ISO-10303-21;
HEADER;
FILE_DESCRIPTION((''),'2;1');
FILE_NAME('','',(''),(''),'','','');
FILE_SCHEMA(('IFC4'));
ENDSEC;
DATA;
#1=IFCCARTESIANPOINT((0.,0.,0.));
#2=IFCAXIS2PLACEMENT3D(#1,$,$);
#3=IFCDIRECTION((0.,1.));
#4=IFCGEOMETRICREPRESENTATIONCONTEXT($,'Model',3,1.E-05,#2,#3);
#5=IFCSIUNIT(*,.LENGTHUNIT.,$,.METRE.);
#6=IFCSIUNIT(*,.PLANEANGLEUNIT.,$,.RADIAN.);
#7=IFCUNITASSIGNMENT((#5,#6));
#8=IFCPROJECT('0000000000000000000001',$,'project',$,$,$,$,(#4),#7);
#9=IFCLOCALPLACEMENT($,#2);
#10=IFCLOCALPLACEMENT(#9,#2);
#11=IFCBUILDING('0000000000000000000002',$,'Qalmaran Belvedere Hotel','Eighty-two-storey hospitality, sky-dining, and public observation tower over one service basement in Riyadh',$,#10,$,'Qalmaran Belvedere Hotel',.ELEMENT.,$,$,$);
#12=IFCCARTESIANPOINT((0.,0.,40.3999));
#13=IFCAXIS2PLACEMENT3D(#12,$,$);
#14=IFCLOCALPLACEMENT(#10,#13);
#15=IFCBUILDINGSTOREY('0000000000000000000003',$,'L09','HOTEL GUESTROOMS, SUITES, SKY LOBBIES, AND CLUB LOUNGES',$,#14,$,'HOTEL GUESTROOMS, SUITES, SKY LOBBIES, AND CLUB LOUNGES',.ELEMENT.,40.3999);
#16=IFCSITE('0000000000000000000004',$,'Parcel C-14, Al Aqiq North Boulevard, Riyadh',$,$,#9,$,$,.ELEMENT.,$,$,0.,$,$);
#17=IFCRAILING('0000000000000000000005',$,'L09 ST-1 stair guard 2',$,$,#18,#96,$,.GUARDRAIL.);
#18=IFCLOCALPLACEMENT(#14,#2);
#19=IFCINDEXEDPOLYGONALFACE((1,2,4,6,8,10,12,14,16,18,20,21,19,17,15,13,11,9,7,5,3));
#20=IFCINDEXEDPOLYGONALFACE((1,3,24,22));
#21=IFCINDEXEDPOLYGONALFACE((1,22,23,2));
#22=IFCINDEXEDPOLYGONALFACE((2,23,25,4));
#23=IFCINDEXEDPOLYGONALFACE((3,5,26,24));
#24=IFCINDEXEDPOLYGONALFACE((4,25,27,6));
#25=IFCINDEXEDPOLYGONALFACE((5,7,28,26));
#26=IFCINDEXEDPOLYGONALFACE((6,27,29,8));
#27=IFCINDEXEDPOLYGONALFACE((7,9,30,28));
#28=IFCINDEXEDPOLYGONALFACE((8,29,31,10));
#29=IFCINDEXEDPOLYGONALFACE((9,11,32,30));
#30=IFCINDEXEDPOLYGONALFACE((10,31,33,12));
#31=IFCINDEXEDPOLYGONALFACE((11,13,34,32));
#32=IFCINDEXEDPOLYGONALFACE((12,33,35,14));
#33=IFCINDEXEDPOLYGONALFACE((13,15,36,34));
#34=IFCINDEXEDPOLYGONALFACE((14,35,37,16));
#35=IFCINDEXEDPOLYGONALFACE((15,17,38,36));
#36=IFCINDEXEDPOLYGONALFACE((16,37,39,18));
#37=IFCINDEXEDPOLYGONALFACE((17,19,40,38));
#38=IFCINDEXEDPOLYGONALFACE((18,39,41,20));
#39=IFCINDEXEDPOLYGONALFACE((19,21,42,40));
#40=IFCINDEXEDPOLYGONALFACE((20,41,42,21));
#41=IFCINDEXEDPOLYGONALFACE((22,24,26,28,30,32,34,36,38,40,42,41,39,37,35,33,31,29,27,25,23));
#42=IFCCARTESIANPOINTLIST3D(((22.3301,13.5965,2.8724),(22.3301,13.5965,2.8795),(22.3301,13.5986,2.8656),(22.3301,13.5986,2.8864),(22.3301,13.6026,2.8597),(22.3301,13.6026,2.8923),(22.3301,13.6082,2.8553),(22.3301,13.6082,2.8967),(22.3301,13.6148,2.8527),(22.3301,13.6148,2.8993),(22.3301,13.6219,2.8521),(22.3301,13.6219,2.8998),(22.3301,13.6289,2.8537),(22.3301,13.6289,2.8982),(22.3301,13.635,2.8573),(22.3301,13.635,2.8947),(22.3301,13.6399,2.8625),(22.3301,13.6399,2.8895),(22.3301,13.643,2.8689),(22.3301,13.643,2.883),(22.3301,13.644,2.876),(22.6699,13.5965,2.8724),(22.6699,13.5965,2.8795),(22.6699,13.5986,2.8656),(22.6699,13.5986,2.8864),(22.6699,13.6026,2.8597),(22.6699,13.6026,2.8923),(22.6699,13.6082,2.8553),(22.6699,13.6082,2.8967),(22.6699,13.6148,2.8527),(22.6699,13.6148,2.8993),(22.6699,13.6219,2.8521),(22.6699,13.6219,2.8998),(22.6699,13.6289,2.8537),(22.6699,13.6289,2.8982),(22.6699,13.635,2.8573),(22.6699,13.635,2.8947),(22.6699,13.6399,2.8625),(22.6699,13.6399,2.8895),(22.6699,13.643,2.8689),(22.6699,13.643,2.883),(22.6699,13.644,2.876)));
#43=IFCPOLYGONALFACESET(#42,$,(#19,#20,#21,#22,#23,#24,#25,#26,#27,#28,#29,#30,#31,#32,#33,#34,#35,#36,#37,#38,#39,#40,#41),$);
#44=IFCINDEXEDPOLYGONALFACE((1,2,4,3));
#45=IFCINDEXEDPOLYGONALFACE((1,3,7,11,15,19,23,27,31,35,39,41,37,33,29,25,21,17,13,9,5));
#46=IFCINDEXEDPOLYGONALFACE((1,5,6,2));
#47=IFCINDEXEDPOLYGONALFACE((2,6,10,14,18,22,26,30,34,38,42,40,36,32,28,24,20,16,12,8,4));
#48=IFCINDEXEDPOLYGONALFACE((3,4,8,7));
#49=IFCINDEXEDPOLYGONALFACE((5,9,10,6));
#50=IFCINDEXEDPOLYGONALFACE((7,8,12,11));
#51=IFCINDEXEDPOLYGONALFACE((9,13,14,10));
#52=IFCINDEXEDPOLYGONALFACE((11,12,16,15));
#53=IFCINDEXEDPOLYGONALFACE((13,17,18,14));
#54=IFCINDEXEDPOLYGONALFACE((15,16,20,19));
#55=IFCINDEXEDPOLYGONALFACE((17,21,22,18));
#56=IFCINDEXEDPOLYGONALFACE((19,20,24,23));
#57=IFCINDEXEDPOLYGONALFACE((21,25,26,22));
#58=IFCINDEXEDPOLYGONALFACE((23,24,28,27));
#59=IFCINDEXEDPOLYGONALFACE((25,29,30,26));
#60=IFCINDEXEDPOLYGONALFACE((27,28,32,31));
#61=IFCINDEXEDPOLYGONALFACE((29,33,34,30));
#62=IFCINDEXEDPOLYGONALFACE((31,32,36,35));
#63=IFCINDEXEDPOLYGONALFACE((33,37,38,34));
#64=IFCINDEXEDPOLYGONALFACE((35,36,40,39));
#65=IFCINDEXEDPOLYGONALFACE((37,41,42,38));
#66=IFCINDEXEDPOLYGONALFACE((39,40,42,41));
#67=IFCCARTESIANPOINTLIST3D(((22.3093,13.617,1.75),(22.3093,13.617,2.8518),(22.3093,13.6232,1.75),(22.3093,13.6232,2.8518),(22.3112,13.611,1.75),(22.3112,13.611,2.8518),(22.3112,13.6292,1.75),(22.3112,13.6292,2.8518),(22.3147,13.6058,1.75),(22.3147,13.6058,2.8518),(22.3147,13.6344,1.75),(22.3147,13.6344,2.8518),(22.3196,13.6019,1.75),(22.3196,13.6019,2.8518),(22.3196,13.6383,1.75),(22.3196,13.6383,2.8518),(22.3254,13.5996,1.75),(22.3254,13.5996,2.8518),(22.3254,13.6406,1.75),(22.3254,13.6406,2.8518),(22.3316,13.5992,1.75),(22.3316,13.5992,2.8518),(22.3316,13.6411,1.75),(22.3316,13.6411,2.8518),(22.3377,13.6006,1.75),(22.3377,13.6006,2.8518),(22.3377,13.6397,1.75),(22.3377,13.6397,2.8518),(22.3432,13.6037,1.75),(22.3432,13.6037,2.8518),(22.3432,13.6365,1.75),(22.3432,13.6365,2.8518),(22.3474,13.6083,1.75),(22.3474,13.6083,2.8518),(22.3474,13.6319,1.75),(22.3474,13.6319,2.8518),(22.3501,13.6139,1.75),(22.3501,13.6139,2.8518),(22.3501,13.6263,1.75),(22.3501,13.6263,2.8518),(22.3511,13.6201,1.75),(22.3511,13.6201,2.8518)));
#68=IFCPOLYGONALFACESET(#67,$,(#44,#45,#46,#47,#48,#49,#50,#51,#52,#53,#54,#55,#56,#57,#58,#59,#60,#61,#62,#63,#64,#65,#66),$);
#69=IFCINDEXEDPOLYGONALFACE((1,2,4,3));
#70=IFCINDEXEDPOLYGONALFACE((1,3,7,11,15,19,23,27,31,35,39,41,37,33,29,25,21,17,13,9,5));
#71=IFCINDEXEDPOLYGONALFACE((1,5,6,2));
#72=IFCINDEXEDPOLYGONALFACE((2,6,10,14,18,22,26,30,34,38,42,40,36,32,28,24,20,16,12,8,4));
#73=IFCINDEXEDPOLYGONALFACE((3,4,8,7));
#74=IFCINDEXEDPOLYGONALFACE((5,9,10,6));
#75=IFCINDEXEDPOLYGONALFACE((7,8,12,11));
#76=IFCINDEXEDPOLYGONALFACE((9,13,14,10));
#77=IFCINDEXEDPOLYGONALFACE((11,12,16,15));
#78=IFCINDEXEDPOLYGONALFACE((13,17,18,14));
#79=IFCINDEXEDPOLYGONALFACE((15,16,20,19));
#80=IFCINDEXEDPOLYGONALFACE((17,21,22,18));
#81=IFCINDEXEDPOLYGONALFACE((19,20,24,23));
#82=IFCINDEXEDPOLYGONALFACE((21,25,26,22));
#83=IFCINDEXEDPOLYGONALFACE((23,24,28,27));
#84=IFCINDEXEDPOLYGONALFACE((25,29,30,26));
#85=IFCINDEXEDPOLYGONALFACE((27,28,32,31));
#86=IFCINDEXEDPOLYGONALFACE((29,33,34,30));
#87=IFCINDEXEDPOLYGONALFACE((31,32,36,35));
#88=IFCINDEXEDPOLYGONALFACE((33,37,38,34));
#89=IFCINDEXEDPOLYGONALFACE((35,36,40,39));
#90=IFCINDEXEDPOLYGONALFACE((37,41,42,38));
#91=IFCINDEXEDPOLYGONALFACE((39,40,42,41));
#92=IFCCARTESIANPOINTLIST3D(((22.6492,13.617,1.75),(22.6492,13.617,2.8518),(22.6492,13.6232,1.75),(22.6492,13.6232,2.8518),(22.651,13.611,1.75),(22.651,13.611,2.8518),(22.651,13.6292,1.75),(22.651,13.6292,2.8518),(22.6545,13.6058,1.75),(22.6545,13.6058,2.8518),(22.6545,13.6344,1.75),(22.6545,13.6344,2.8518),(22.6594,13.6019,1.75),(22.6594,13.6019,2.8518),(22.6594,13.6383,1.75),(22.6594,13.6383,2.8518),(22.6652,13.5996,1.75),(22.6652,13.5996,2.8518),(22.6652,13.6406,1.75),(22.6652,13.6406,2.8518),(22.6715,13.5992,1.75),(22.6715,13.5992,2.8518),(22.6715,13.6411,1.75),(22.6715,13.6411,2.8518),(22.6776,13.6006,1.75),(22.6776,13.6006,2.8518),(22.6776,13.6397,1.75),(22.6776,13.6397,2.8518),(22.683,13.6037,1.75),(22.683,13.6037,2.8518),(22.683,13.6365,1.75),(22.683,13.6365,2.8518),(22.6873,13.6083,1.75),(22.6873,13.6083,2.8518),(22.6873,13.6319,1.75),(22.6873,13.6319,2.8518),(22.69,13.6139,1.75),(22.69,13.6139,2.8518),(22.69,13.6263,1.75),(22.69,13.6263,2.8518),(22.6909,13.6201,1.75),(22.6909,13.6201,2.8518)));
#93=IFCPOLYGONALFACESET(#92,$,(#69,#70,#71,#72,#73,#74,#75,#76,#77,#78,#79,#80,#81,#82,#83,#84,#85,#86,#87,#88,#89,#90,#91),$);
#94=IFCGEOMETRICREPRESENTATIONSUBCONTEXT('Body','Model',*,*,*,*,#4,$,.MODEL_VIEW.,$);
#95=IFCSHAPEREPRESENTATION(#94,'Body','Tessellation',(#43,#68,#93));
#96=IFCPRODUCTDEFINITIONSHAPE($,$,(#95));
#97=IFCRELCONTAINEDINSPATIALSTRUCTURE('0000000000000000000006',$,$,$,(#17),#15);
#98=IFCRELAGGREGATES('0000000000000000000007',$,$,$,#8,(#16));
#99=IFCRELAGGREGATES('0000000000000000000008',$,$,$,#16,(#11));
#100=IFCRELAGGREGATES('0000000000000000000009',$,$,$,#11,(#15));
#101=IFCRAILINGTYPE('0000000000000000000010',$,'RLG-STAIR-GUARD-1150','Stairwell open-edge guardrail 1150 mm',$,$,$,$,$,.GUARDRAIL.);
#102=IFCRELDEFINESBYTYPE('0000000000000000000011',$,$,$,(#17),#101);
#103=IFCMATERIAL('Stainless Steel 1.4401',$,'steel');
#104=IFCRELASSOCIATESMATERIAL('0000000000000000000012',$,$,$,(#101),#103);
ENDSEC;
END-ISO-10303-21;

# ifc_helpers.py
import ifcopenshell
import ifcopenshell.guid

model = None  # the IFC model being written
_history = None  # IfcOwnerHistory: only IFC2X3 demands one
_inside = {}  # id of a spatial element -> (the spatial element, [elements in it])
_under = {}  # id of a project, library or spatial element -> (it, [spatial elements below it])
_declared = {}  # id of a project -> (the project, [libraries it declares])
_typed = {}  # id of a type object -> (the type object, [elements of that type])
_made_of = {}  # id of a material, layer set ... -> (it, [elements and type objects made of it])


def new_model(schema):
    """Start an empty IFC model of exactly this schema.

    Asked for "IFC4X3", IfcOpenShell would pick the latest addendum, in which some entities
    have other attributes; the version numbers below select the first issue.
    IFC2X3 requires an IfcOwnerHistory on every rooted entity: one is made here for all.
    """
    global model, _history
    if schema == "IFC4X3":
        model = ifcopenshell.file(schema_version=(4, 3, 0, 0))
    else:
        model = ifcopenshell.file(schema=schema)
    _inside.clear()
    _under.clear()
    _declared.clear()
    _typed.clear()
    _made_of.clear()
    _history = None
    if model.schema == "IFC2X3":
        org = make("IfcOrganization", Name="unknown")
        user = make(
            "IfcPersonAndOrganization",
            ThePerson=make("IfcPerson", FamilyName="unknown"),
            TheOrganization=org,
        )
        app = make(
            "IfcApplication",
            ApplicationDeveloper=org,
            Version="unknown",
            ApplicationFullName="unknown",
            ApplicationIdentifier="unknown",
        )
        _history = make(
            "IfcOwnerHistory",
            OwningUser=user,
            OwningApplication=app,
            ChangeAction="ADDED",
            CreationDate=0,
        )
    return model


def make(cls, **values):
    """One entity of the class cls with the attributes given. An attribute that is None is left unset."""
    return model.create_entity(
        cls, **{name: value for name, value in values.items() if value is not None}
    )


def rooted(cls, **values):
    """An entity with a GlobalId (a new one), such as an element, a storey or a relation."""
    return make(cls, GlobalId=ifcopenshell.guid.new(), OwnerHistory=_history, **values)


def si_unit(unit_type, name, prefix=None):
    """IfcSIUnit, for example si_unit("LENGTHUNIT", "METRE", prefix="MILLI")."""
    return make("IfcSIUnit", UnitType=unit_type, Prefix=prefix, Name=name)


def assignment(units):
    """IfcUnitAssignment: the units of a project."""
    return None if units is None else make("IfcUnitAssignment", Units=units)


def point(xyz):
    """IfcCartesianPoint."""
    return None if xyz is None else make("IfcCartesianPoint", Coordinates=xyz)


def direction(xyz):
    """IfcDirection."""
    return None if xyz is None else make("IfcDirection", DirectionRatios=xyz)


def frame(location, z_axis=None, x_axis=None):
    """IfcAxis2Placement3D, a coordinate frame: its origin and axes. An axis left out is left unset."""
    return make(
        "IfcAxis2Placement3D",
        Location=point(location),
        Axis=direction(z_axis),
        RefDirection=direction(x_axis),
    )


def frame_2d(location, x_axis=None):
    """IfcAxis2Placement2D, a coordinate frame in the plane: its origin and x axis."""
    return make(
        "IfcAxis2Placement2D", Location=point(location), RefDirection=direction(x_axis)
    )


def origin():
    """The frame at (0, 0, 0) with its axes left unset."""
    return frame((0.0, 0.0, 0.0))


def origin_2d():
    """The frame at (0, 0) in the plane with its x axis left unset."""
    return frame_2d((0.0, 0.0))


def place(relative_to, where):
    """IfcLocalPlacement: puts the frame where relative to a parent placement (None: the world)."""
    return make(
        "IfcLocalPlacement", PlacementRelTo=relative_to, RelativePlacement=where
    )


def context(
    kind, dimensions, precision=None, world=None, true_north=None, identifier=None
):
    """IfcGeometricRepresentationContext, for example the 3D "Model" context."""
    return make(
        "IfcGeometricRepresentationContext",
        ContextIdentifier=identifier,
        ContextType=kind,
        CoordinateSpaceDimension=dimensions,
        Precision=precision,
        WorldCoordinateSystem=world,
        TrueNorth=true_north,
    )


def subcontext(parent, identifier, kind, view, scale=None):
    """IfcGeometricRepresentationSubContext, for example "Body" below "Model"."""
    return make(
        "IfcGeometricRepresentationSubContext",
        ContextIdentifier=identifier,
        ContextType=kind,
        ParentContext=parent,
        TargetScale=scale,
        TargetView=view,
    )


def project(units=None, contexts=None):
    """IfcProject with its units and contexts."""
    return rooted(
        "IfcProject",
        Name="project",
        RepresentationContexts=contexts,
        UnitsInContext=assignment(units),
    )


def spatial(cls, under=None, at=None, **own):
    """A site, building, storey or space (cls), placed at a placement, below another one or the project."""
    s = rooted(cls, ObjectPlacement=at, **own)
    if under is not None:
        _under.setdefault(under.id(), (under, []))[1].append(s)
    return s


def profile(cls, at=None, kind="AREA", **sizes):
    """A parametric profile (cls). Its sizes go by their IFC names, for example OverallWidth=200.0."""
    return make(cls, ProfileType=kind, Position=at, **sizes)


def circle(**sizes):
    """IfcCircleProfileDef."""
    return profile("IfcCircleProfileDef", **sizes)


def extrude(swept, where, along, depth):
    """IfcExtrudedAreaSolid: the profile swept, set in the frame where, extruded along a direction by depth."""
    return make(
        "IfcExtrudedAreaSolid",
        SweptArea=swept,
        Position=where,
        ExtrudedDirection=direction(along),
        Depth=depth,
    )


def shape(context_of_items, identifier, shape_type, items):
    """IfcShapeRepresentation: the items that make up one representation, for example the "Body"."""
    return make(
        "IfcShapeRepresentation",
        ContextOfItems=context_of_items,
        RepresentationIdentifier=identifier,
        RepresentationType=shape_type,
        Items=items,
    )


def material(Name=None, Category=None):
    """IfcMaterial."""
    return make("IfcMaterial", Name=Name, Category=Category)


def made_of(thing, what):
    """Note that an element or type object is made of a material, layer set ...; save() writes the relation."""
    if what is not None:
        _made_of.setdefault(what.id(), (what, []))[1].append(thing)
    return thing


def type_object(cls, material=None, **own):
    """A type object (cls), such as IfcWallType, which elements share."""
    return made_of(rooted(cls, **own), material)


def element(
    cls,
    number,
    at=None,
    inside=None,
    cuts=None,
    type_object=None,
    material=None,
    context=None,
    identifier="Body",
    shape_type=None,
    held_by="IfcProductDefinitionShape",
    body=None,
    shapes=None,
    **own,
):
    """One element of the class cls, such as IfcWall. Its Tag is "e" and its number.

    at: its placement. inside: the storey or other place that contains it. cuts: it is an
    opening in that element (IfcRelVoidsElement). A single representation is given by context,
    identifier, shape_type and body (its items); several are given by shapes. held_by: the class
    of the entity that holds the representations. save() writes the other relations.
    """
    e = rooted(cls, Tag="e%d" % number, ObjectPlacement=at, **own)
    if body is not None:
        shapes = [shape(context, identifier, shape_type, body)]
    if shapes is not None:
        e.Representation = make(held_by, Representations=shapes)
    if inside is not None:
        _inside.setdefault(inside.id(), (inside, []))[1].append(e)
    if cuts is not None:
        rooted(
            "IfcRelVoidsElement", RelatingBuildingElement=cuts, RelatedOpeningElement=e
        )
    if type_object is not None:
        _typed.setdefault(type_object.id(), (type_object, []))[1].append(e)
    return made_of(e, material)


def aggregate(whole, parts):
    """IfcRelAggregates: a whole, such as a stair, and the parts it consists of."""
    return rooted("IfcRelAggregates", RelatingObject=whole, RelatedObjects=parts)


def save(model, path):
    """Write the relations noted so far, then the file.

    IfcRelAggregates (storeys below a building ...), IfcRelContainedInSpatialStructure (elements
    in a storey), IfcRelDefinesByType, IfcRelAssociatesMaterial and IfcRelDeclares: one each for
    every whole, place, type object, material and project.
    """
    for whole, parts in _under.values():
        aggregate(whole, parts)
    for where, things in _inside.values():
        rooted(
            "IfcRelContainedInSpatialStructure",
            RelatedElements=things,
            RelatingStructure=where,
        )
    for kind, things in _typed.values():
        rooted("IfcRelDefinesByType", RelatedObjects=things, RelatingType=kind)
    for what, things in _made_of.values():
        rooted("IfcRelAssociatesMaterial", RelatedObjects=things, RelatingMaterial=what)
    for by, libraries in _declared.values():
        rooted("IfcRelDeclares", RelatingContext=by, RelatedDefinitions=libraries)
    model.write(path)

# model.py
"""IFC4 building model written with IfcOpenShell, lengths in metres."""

from ifc_helpers import new_model, si_unit, direction, frame, origin, origin_2d, place, context, subcontext, project, spatial, circle, extrude, material, type_object, element, save


model = new_model("IFC4")

# Units and contexts
model_context = context("Model", 3, precision=1e-05, world=origin(), true_north=direction((0.0, 1.0)))
body_context = subcontext(model_context, "Body", "Model", "MODEL_VIEW")
ifc_project = project(units=[si_unit("LENGTHUNIT", "METRE"), si_unit("PLANEANGLEUNIT", "RADIAN")], contexts=[model_context])

# Site, building, storey
site_placement = place(None, origin())
site = spatial("IfcSite", under=ifc_project, at=site_placement, Name="Parcel C-14, Al Aqiq North Boulevard, Riyadh", CompositionType="ELEMENT", RefElevation=0.0)
building_placement = place(site_placement, origin())
building = spatial("IfcBuilding", under=site, at=building_placement, Name="Qalmaran Belvedere Hotel", Description="Eighty-two-storey hospitality, sky-dining, and public observation tower over one service basement in Riyadh", LongName="Qalmaran Belvedere Hotel", CompositionType="ELEMENT")
storey_placement = place(building_placement, frame((0.0, 0.0, 40.3999)))
storey = spatial("IfcBuildingStorey", under=building, at=storey_placement, Name="L09", Description="HOTEL GUESTROOMS, SUITES, SKY LOBBIES, AND CLUB LOUNGES", LongName="HOTEL GUESTROOMS, SUITES, SKY LOBBIES, AND CLUB LOUNGES", CompositionType="ELEMENT", Elevation=40.3999)

# Railing
ifc_material_1 = material(Name="Stainless Steel 1.4401", Category="steel")
railing_type_1 = type_object("IfcRailingType", Name="RLG-STAIR-GUARD-1150", Description="Stairwell open-edge guardrail 1150 mm", PredefinedType="GUARDRAIL", material=ifc_material_1)
railing_1_placement = place(storey_placement, frame((22.3301, 13.6201, 1.75)))
element("IfcRailing", 1, at=railing_1_placement, inside=storey, type_object=railing_type_1, Name="L09 ST-1 stair guard 2", PredefinedType="GUARDRAIL", context=body_context, shape_type="SweptSolid", body=[
    extrude(circle(Radius=0.0239, at=origin_2d()), frame((0.0, 0.0, 1.126), z_axis=(1.0, 0.0, 0.0), x_axis=(0.0, 1.0, 0.0)), (0.0, 0.0, 1.0), 0.3398),
    extrude(circle(Radius=0.021, at=origin_2d()), origin(), (0.0, 0.0, 1.0), 1.1018),
    extrude(circle(Radius=0.021, at=origin_2d()), frame((0.3398, 0.0, 0.0)), (0.0, 0.0, 1.0), 1.1018),
])

save(model, "model.ifc")
